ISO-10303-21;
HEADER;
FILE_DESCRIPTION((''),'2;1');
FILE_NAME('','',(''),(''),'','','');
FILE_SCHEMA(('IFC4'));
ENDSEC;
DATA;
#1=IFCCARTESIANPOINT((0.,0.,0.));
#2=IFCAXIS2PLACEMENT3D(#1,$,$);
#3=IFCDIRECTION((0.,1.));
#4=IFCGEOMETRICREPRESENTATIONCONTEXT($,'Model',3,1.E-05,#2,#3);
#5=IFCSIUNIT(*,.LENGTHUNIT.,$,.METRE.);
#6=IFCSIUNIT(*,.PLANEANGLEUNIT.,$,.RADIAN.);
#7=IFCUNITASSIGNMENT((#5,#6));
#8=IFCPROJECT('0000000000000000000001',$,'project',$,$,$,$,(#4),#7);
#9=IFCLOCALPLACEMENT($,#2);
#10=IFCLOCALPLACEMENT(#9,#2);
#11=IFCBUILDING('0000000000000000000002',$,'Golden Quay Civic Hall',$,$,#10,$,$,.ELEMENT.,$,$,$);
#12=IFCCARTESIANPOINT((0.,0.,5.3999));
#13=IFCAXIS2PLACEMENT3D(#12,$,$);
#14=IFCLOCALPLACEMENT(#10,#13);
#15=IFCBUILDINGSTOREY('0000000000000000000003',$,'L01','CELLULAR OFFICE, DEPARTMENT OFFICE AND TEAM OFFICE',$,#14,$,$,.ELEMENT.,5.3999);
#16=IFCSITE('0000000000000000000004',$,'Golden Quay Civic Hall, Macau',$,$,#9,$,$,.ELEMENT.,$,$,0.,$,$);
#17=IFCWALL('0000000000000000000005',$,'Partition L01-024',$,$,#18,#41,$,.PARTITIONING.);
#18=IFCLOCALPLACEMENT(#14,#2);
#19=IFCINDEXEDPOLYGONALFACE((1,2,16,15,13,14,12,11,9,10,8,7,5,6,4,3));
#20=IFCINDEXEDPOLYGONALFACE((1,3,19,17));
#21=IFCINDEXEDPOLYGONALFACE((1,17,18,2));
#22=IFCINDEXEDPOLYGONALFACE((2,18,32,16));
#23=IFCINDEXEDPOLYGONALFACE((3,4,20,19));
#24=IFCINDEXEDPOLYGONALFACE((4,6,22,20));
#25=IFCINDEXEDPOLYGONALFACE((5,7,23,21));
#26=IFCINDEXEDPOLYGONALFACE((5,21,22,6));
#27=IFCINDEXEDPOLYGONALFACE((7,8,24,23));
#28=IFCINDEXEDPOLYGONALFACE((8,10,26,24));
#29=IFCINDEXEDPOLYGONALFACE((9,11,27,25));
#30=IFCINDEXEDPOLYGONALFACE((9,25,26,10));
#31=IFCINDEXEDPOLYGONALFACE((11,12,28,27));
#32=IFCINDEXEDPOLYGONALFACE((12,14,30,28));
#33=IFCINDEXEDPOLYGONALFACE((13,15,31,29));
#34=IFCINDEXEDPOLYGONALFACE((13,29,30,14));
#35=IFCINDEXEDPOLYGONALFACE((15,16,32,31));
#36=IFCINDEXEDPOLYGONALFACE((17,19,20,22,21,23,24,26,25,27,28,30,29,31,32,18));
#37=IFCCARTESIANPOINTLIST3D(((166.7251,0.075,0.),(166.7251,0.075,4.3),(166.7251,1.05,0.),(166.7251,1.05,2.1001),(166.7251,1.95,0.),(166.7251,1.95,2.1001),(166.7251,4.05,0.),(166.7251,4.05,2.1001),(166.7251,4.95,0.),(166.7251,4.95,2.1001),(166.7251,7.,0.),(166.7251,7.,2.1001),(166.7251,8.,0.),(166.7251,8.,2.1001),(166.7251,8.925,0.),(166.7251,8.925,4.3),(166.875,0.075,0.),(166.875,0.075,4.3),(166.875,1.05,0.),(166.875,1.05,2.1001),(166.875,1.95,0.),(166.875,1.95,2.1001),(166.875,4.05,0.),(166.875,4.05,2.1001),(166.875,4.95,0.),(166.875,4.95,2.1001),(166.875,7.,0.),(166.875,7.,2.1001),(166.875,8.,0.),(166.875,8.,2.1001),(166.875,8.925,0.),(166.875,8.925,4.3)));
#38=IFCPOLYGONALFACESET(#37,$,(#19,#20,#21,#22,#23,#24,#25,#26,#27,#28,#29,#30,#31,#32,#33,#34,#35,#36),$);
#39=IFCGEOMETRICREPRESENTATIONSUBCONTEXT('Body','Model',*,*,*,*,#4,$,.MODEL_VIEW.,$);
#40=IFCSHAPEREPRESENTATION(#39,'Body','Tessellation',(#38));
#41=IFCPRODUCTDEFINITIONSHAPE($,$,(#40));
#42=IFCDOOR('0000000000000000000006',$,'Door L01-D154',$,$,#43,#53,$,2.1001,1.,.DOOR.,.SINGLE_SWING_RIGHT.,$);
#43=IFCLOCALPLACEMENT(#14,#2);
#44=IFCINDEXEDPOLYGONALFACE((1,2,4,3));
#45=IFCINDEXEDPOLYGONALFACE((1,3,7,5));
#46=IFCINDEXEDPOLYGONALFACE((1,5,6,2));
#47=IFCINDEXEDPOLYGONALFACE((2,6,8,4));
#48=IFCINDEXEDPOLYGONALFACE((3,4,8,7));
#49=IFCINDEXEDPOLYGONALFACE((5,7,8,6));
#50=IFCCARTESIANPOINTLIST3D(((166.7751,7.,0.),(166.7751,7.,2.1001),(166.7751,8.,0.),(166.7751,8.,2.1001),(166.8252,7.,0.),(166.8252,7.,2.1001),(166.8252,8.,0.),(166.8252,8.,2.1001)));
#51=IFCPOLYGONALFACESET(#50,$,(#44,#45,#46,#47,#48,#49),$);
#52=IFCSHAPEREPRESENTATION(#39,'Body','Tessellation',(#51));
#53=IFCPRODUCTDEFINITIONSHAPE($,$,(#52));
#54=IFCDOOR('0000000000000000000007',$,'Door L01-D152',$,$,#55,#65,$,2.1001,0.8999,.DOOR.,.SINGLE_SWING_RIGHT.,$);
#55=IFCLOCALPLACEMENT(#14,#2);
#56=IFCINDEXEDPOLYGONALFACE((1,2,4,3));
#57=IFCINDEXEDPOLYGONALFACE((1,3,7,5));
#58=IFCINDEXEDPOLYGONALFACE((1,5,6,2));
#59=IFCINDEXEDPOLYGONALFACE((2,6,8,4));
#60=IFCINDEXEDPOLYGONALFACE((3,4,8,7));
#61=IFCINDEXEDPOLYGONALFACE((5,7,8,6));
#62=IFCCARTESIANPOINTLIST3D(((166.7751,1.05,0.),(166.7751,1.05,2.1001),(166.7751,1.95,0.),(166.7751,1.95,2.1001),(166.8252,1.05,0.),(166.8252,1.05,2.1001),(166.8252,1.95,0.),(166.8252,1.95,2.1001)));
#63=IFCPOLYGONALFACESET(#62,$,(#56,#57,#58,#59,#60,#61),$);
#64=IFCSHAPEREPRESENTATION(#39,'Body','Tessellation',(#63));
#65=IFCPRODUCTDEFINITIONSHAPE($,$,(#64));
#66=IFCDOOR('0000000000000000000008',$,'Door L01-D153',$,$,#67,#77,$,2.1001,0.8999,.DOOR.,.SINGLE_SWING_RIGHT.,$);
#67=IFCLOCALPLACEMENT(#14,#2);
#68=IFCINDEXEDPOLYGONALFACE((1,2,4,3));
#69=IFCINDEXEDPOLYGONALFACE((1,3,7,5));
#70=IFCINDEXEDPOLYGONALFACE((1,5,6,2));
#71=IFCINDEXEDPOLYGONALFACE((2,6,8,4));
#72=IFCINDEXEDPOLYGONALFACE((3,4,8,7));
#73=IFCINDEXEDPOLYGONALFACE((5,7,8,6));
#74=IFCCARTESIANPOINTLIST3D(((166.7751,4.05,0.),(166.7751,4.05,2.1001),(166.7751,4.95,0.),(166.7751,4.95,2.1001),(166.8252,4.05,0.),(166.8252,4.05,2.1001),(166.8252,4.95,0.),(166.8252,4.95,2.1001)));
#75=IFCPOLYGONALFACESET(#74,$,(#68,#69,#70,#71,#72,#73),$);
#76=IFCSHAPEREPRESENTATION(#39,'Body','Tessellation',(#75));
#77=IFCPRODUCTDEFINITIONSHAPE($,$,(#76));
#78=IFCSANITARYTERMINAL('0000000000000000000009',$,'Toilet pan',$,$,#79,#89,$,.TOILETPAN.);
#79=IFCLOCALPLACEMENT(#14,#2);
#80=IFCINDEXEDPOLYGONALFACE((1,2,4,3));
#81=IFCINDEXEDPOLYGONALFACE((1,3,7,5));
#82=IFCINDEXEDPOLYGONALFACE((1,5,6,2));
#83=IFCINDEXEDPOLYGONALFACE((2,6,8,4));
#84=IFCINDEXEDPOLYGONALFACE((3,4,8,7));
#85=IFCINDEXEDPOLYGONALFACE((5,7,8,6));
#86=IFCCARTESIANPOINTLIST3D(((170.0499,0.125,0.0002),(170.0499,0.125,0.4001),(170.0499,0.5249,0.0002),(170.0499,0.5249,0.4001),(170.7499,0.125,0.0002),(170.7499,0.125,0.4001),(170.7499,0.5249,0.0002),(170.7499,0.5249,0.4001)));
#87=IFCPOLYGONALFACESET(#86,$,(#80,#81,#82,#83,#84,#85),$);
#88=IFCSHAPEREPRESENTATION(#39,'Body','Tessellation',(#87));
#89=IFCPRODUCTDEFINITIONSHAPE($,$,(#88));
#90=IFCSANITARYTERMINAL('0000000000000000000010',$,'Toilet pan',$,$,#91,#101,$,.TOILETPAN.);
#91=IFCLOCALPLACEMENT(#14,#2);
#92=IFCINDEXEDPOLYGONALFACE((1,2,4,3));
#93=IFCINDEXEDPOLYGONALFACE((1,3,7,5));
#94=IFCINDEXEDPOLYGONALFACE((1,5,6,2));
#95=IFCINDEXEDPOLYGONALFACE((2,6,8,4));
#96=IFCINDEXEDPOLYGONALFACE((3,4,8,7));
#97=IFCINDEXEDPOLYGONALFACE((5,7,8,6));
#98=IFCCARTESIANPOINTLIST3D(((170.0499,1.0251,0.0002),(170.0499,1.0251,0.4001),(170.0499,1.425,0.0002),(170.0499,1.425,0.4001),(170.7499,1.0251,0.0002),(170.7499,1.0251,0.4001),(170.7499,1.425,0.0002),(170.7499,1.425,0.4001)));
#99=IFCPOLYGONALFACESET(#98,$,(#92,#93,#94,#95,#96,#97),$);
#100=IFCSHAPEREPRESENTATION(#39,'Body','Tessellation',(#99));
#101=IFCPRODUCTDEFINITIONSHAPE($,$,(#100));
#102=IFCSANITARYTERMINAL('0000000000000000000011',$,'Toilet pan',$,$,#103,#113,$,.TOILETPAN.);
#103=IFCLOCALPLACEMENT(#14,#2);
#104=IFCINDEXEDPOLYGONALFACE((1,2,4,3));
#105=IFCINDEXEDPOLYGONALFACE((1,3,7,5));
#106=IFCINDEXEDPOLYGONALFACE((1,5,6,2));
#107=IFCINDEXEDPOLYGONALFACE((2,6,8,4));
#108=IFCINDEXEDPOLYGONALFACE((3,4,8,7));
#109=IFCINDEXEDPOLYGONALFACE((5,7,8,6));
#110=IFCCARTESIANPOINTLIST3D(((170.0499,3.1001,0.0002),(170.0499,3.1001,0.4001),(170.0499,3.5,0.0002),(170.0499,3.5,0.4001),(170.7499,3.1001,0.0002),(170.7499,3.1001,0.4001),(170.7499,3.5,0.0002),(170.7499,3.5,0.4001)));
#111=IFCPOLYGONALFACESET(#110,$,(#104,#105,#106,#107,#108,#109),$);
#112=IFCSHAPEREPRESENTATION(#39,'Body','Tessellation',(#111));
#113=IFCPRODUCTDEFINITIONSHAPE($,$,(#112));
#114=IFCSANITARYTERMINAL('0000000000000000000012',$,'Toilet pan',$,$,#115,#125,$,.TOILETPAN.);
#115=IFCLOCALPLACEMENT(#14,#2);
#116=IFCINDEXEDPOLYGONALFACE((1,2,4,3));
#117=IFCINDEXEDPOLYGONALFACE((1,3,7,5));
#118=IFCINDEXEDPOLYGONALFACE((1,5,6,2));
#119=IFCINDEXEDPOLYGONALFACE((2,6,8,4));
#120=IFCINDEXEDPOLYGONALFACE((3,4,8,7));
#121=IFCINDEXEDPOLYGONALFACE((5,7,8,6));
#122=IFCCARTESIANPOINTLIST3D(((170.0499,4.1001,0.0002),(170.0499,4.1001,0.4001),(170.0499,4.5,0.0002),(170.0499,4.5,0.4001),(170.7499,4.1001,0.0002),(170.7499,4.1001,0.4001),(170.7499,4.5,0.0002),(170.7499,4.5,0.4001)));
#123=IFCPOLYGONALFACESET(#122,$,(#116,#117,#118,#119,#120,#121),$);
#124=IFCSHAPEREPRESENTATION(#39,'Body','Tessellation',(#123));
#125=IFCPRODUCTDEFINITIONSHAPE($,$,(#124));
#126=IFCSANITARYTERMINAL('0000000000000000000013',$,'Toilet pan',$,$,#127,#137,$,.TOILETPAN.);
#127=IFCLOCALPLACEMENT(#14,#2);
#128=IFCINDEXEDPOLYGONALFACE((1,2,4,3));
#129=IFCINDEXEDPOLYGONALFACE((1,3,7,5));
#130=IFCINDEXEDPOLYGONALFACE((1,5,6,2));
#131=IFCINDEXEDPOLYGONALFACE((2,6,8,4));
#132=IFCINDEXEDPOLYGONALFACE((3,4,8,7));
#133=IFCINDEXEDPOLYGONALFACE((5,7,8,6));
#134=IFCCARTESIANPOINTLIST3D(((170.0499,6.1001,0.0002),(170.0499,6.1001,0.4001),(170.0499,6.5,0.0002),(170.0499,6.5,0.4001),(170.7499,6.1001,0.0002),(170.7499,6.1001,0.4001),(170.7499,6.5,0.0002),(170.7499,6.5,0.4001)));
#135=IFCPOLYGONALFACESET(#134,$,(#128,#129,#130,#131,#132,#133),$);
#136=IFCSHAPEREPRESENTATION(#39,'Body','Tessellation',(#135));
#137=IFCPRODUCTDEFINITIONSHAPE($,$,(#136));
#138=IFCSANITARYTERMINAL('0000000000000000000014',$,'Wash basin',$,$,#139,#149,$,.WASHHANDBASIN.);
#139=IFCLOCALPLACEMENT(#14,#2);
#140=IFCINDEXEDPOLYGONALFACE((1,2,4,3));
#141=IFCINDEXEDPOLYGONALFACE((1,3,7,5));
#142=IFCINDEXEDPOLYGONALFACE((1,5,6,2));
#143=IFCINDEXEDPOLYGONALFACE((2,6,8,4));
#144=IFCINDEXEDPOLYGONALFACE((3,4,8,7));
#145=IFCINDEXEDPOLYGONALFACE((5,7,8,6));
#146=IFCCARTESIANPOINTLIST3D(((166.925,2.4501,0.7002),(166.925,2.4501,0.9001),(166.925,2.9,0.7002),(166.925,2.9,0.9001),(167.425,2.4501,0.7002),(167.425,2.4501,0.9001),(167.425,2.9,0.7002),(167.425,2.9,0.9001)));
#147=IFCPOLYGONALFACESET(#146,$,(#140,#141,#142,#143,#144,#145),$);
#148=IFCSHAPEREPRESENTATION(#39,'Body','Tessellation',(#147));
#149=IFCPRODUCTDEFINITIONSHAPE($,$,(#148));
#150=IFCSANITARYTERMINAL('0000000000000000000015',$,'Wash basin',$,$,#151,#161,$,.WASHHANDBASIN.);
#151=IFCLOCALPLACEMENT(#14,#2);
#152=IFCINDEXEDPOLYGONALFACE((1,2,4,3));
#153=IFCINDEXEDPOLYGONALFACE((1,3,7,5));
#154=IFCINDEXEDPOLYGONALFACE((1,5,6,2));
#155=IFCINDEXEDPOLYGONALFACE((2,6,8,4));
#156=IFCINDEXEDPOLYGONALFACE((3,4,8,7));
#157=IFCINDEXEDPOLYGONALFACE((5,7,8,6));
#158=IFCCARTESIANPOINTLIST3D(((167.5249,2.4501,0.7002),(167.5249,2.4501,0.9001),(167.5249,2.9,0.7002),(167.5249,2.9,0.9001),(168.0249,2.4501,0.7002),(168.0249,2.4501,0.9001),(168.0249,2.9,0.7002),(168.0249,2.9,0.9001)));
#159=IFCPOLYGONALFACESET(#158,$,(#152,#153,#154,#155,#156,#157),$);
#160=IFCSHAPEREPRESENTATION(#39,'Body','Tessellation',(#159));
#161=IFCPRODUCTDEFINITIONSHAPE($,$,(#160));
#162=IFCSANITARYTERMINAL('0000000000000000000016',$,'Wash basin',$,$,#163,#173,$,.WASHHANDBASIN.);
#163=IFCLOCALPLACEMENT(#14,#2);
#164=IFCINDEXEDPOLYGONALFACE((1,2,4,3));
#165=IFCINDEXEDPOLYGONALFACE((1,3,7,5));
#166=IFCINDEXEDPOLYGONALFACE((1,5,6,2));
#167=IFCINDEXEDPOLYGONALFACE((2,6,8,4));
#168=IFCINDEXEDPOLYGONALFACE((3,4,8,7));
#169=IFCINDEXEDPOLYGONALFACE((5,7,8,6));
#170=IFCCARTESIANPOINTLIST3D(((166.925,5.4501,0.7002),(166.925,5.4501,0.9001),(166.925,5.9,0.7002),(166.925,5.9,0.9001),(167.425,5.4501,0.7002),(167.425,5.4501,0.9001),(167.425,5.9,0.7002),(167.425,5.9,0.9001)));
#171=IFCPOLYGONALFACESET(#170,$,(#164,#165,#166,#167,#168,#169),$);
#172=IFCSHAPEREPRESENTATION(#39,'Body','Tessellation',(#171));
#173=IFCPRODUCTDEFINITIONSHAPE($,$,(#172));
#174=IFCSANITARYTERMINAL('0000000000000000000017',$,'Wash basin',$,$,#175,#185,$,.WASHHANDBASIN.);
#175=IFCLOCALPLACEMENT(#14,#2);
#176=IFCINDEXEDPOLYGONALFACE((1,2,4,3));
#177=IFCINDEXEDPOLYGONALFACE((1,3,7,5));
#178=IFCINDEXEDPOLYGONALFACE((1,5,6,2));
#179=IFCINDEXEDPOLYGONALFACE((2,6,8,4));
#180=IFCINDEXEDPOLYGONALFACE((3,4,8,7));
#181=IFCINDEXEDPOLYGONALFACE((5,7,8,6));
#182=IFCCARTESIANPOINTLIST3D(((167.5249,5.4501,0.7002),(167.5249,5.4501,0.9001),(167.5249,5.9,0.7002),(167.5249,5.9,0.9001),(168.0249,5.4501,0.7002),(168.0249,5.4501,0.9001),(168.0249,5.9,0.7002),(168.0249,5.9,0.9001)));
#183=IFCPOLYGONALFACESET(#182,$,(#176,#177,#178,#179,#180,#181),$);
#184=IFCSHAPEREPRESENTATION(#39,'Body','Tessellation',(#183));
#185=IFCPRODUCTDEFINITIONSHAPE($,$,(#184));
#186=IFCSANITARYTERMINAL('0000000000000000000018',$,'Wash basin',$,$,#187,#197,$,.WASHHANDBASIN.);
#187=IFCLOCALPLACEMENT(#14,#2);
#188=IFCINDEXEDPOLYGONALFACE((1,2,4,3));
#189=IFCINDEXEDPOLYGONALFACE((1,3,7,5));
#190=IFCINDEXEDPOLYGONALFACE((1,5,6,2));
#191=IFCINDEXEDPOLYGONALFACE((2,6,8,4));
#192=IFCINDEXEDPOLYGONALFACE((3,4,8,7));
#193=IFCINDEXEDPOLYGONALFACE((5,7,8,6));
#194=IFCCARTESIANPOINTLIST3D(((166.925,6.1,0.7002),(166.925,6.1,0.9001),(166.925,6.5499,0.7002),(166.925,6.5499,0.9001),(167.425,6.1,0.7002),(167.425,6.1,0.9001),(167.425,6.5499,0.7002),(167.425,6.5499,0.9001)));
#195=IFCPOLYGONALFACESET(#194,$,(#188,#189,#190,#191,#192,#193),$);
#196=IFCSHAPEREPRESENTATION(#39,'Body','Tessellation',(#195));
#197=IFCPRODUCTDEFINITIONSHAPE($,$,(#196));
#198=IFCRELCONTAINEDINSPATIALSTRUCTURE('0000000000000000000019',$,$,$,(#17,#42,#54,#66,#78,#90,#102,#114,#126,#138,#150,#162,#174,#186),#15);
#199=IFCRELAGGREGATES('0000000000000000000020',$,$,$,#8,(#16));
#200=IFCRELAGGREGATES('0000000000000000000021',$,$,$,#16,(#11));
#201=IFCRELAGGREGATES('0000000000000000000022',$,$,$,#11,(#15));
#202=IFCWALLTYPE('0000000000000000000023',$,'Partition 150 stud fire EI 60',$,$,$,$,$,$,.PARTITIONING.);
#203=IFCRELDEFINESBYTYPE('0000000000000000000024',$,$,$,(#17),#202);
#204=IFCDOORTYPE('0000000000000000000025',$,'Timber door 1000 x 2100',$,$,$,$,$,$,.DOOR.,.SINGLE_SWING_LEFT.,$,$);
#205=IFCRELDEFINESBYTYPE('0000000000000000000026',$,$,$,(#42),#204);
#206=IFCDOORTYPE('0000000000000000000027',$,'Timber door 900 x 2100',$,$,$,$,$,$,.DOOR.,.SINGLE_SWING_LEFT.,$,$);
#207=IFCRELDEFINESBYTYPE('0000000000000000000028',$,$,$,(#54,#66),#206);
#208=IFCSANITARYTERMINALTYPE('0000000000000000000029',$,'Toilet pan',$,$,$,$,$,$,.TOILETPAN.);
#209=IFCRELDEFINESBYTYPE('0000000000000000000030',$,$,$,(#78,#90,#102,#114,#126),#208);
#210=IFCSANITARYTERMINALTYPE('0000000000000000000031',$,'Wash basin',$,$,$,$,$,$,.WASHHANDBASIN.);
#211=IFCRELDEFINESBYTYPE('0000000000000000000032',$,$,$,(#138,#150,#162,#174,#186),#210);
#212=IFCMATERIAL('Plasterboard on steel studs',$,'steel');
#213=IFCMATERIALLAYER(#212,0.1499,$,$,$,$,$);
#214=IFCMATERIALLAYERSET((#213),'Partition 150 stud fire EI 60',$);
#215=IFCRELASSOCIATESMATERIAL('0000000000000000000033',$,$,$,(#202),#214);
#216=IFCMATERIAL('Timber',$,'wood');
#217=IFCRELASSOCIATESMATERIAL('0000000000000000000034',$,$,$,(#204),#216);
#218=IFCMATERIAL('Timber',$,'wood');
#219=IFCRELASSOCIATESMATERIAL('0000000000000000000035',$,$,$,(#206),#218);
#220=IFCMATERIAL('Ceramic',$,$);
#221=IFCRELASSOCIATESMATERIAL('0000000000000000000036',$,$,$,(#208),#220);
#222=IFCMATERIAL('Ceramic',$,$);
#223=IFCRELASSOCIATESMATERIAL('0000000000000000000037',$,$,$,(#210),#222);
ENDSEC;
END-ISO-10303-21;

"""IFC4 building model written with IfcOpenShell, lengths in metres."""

from ifc_helpers import new_model, si_unit, direction, frame, frame_2d, origin, origin_2d, place, context, subcontext, project, spatial, rectangle, extrude, material, layer, layer_set, type_object, element, fill, save


model = new_model("IFC4")

# Units and contexts
model_context = context("Model", 3, precision=1e-05, world=origin(), true_north=direction((0.0, 1.0)))
body_context = subcontext(model_context, "Body", "Model", "MODEL_VIEW")
ifc_project = project(units=[si_unit("LENGTHUNIT", "METRE"), si_unit("PLANEANGLEUNIT", "RADIAN")], contexts=[model_context])

# Site, building, storey
site_placement = place(None, origin())
site = spatial("IfcSite", under=ifc_project, at=site_placement, Name="Golden Quay Civic Hall, Macau", CompositionType="ELEMENT", RefElevation=0.0)
building_placement = place(site_placement, origin())
building = spatial("IfcBuilding", under=site, at=building_placement, Name="Golden Quay Civic Hall", CompositionType="ELEMENT")
storey_placement = place(building_placement, frame((0.0, 0.0, 5.3999)))
storey = spatial("IfcBuildingStorey", under=building, at=storey_placement, Name="L01", Description="CELLULAR OFFICE, DEPARTMENT OFFICE AND TEAM OFFICE", CompositionType="ELEMENT", Elevation=5.3999)

# Shared definitions
ifc_material_1 = material(Name="Plasterboard on steel studs", Category="steel")
ifc_layer_1 = layer(ifc_material_1, 0.1499)
ifc_layer_set_1 = layer_set([ifc_layer_1], Name="Partition 150 stud fire EI 60")
wall_type_1 = type_object("IfcWallType", Name="Partition 150 stud fire EI 60", PredefinedType="PARTITIONING", material=ifc_layer_set_1)

# Wall, openings, doors
wall_1_placement = place(storey_placement, frame((166.8, 0.075, 0.0), z_axis=(0.0, 0.0, 1.0), x_axis=(0.0, 1.0, 0.0)))
wall_1 = element("IfcWall", 1, at=wall_1_placement, inside=storey, type_object=wall_type_1, Name="Partition L01-024", PredefinedType="PARTITIONING", context=body_context, shape_type="SweptSolid", body=[
    extrude(rectangle(XDim=8.8501, YDim=0.1499, at=frame_2d((4.425, 0.0))), origin(), (0.0, 0.0, 1.0), 4.3),
])
opening_1_placement = place(wall_1_placement, frame((0.9751, 0.0, 0.0)))
opening_1 = element("IfcOpeningElement", 2, at=opening_1_placement, cuts=wall_1, PredefinedType="OPENING", context=body_context, shape_type="SweptSolid", body=[
    extrude(rectangle(XDim=0.8999, YDim=2.1001, at=frame_2d((0.45, 1.05))), frame((0.0, 0.085, 0.0), z_axis=(0.0, -1.0, 0.0), x_axis=(1.0, 0.0, 0.0)), (0.0, 0.0, 1.0), 0.1699),
])
opening_2_placement = place(wall_1_placement, frame((3.9751, 0.0, 0.0)))
opening_2 = element("IfcOpeningElement", 3, at=opening_2_placement, cuts=wall_1, PredefinedType="OPENING", context=body_context, shape_type="SweptSolid", body=[
    extrude(rectangle(XDim=0.8999, YDim=2.1001, at=frame_2d((0.45, 1.05))), frame((0.0, 0.085, 0.0), z_axis=(0.0, -1.0, 0.0), x_axis=(1.0, 0.0, 0.0)), (0.0, 0.0, 1.0), 0.1699),
])
opening_3_placement = place(wall_1_placement, frame((6.925, 0.0, 0.0)))
opening_3 = element("IfcOpeningElement", 4, at=opening_3_placement, cuts=wall_1, PredefinedType="OPENING", context=body_context, shape_type="SweptSolid", body=[
    extrude(rectangle(XDim=1.0, YDim=2.1001, at=frame_2d((0.5, 1.05))), frame((0.0, 0.085, 0.0), z_axis=(0.0, -1.0, 0.0), x_axis=(1.0, 0.0, 0.0)), (0.0, 0.0, 1.0), 0.1699),
])
ifc_material_2 = material(Name="Timber", Category="wood")
door_type_1 = type_object("IfcDoorType", Name="Timber door 1000 x 2100", OperationType="SINGLE_SWING_LEFT", PredefinedType="DOOR", material=ifc_material_2)
door_1_placement = place(opening_3_placement, frame((1.0, 0.0, 0.0), z_axis=(0.0, 0.0, 1.0), x_axis=(-1.0, 0.0, 0.0)))
door_1 = element("IfcDoor", 5, at=door_1_placement, inside=storey, type_object=door_type_1, Name="Door L01-D154", OperationType="SINGLE_SWING_RIGHT", OverallHeight=2.1001, OverallWidth=1.0, PredefinedType="DOOR", context=body_context, shape_type="SweptSolid", body=[
    extrude(rectangle(XDim=1.0, YDim=2.1001, at=frame_2d((0.5, 1.05))), frame((0.0, 0.0251, 0.0), z_axis=(0.0, -1.0, 0.0), x_axis=(1.0, 0.0, 0.0)), (0.0, 0.0, 1.0), 0.05),
])
fill(opening_3, door_1)
ifc_material_3 = material(Name="Timber", Category="wood")
door_type_2 = type_object("IfcDoorType", Name="Timber door 900 x 2100", OperationType="SINGLE_SWING_LEFT", PredefinedType="DOOR", material=ifc_material_3)
door_2_placement = place(opening_1_placement, frame((0.8999, 0.0, 0.0), z_axis=(0.0, 0.0, 1.0), x_axis=(-1.0, 0.0, 0.0)))
door_2 = element("IfcDoor", 6, at=door_2_placement, inside=storey, type_object=door_type_2, Name="Door L01-D152", OperationType="SINGLE_SWING_RIGHT", OverallHeight=2.1001, OverallWidth=0.8999, PredefinedType="DOOR", context=body_context, shape_type="SweptSolid", body=[
    extrude(rectangle(XDim=0.8999, YDim=2.1001, at=frame_2d((0.45, 1.05))), frame((0.0, 0.0251, 0.0), z_axis=(0.0, -1.0, 0.0), x_axis=(1.0, 0.0, 0.0)), (0.0, 0.0, 1.0), 0.05),
])
fill(opening_1, door_2)
door_3_placement = place(opening_2_placement, frame((0.8999, 0.0, 0.0), z_axis=(0.0, 0.0, 1.0), x_axis=(-1.0, 0.0, 0.0)))
door_3 = element("IfcDoor", 7, at=door_3_placement, inside=storey, type_object=door_type_2, Name="Door L01-D153", OperationType="SINGLE_SWING_RIGHT", OverallHeight=2.1001, OverallWidth=0.8999, PredefinedType="DOOR", context=body_context, shape_type="SweptSolid", body=[
    extrude(rectangle(XDim=0.8999, YDim=2.1001, at=frame_2d((0.45, 1.05))), frame((0.0, 0.0251, 0.0), z_axis=(0.0, -1.0, 0.0), x_axis=(1.0, 0.0, 0.0)), (0.0, 0.0, 1.0), 0.05),
])
fill(opening_2, door_3)

# Sanitary terminals
ifc_material_4 = material(Name="Ceramic")
sanitary_terminal_type_1 = type_object("IfcSanitaryTerminalType", Name="Toilet pan", PredefinedType="TOILETPAN", material=ifc_material_4)
for number, where, z_axis, x_axis, name in (
    (8, (170.3999, 0.325, 0.0002), (0.0, 0.0, 1.0), (0.0, 1.0, 0.0), "Toilet pan"),
    (9, (170.3999, 1.2251, 0.0002), (0.0, 0.0, 1.0), (0.0, 1.0, 0.0), "Toilet pan"),
    (10, (170.3999, 3.3, 0.0002), (0.0, 0.0, 1.0), (0.0, 1.0, 0.0), "Toilet pan"),
    (11, (170.3999, 4.3, 0.0002), (0.0, 0.0, 1.0), (0.0, 1.0, 0.0), "Toilet pan"),
    (12, (170.3999, 6.3, 0.0002), (0.0, 0.0, 1.0), (0.0, 1.0, 0.0), "Toilet pan"),
):
    element("IfcSanitaryTerminal", number, at=place(storey_placement, frame(where, z_axis=z_axis, x_axis=x_axis)), inside=storey, type_object=sanitary_terminal_type_1, Name=name, PredefinedType="TOILETPAN", context=body_context, shape_type="SweptSolid", body=[
        extrude(rectangle(XDim=0.3999, YDim=0.7, at=origin_2d()), origin(), (0.0, 0.0, 1.0), 0.3999),
    ])
ifc_material_5 = material(Name="Ceramic")
sanitary_terminal_type_2 = type_object("IfcSanitaryTerminalType", Name="Wash basin", PredefinedType="WASHHANDBASIN", material=ifc_material_5)
for number, where, z_axis, x_axis, name in (
    (13, (167.175, 2.675, 0.7002), (0.0, 0.0, 1.0), (1.0, 0.0, 0.0), "Wash basin"),
    (14, (167.7749, 2.675, 0.7002), (0.0, 0.0, 1.0), (1.0, 0.0, 0.0), "Wash basin"),
    (15, (167.175, 5.675, 0.7002), (0.0, 0.0, 1.0), (1.0, 0.0, 0.0), "Wash basin"),
    (16, (167.7749, 5.675, 0.7002), (0.0, 0.0, 1.0), (1.0, 0.0, 0.0), "Wash basin"),
    (17, (167.175, 6.325, 0.7002), (0.0, 0.0, 1.0), (1.0, 0.0, 0.0), "Wash basin"),
):
    element("IfcSanitaryTerminal", number, at=place(storey_placement, frame(where, z_axis=z_axis, x_axis=x_axis)), inside=storey, type_object=sanitary_terminal_type_2, Name=name, PredefinedType="WASHHANDBASIN", context=body_context, shape_type="SweptSolid", body=[
        extrude(rectangle(XDim=0.5, YDim=0.45, at=origin_2d()), origin(), (0.0, 0.0, 1.0), 0.2),
    ])

save(model, "model.ifc")
